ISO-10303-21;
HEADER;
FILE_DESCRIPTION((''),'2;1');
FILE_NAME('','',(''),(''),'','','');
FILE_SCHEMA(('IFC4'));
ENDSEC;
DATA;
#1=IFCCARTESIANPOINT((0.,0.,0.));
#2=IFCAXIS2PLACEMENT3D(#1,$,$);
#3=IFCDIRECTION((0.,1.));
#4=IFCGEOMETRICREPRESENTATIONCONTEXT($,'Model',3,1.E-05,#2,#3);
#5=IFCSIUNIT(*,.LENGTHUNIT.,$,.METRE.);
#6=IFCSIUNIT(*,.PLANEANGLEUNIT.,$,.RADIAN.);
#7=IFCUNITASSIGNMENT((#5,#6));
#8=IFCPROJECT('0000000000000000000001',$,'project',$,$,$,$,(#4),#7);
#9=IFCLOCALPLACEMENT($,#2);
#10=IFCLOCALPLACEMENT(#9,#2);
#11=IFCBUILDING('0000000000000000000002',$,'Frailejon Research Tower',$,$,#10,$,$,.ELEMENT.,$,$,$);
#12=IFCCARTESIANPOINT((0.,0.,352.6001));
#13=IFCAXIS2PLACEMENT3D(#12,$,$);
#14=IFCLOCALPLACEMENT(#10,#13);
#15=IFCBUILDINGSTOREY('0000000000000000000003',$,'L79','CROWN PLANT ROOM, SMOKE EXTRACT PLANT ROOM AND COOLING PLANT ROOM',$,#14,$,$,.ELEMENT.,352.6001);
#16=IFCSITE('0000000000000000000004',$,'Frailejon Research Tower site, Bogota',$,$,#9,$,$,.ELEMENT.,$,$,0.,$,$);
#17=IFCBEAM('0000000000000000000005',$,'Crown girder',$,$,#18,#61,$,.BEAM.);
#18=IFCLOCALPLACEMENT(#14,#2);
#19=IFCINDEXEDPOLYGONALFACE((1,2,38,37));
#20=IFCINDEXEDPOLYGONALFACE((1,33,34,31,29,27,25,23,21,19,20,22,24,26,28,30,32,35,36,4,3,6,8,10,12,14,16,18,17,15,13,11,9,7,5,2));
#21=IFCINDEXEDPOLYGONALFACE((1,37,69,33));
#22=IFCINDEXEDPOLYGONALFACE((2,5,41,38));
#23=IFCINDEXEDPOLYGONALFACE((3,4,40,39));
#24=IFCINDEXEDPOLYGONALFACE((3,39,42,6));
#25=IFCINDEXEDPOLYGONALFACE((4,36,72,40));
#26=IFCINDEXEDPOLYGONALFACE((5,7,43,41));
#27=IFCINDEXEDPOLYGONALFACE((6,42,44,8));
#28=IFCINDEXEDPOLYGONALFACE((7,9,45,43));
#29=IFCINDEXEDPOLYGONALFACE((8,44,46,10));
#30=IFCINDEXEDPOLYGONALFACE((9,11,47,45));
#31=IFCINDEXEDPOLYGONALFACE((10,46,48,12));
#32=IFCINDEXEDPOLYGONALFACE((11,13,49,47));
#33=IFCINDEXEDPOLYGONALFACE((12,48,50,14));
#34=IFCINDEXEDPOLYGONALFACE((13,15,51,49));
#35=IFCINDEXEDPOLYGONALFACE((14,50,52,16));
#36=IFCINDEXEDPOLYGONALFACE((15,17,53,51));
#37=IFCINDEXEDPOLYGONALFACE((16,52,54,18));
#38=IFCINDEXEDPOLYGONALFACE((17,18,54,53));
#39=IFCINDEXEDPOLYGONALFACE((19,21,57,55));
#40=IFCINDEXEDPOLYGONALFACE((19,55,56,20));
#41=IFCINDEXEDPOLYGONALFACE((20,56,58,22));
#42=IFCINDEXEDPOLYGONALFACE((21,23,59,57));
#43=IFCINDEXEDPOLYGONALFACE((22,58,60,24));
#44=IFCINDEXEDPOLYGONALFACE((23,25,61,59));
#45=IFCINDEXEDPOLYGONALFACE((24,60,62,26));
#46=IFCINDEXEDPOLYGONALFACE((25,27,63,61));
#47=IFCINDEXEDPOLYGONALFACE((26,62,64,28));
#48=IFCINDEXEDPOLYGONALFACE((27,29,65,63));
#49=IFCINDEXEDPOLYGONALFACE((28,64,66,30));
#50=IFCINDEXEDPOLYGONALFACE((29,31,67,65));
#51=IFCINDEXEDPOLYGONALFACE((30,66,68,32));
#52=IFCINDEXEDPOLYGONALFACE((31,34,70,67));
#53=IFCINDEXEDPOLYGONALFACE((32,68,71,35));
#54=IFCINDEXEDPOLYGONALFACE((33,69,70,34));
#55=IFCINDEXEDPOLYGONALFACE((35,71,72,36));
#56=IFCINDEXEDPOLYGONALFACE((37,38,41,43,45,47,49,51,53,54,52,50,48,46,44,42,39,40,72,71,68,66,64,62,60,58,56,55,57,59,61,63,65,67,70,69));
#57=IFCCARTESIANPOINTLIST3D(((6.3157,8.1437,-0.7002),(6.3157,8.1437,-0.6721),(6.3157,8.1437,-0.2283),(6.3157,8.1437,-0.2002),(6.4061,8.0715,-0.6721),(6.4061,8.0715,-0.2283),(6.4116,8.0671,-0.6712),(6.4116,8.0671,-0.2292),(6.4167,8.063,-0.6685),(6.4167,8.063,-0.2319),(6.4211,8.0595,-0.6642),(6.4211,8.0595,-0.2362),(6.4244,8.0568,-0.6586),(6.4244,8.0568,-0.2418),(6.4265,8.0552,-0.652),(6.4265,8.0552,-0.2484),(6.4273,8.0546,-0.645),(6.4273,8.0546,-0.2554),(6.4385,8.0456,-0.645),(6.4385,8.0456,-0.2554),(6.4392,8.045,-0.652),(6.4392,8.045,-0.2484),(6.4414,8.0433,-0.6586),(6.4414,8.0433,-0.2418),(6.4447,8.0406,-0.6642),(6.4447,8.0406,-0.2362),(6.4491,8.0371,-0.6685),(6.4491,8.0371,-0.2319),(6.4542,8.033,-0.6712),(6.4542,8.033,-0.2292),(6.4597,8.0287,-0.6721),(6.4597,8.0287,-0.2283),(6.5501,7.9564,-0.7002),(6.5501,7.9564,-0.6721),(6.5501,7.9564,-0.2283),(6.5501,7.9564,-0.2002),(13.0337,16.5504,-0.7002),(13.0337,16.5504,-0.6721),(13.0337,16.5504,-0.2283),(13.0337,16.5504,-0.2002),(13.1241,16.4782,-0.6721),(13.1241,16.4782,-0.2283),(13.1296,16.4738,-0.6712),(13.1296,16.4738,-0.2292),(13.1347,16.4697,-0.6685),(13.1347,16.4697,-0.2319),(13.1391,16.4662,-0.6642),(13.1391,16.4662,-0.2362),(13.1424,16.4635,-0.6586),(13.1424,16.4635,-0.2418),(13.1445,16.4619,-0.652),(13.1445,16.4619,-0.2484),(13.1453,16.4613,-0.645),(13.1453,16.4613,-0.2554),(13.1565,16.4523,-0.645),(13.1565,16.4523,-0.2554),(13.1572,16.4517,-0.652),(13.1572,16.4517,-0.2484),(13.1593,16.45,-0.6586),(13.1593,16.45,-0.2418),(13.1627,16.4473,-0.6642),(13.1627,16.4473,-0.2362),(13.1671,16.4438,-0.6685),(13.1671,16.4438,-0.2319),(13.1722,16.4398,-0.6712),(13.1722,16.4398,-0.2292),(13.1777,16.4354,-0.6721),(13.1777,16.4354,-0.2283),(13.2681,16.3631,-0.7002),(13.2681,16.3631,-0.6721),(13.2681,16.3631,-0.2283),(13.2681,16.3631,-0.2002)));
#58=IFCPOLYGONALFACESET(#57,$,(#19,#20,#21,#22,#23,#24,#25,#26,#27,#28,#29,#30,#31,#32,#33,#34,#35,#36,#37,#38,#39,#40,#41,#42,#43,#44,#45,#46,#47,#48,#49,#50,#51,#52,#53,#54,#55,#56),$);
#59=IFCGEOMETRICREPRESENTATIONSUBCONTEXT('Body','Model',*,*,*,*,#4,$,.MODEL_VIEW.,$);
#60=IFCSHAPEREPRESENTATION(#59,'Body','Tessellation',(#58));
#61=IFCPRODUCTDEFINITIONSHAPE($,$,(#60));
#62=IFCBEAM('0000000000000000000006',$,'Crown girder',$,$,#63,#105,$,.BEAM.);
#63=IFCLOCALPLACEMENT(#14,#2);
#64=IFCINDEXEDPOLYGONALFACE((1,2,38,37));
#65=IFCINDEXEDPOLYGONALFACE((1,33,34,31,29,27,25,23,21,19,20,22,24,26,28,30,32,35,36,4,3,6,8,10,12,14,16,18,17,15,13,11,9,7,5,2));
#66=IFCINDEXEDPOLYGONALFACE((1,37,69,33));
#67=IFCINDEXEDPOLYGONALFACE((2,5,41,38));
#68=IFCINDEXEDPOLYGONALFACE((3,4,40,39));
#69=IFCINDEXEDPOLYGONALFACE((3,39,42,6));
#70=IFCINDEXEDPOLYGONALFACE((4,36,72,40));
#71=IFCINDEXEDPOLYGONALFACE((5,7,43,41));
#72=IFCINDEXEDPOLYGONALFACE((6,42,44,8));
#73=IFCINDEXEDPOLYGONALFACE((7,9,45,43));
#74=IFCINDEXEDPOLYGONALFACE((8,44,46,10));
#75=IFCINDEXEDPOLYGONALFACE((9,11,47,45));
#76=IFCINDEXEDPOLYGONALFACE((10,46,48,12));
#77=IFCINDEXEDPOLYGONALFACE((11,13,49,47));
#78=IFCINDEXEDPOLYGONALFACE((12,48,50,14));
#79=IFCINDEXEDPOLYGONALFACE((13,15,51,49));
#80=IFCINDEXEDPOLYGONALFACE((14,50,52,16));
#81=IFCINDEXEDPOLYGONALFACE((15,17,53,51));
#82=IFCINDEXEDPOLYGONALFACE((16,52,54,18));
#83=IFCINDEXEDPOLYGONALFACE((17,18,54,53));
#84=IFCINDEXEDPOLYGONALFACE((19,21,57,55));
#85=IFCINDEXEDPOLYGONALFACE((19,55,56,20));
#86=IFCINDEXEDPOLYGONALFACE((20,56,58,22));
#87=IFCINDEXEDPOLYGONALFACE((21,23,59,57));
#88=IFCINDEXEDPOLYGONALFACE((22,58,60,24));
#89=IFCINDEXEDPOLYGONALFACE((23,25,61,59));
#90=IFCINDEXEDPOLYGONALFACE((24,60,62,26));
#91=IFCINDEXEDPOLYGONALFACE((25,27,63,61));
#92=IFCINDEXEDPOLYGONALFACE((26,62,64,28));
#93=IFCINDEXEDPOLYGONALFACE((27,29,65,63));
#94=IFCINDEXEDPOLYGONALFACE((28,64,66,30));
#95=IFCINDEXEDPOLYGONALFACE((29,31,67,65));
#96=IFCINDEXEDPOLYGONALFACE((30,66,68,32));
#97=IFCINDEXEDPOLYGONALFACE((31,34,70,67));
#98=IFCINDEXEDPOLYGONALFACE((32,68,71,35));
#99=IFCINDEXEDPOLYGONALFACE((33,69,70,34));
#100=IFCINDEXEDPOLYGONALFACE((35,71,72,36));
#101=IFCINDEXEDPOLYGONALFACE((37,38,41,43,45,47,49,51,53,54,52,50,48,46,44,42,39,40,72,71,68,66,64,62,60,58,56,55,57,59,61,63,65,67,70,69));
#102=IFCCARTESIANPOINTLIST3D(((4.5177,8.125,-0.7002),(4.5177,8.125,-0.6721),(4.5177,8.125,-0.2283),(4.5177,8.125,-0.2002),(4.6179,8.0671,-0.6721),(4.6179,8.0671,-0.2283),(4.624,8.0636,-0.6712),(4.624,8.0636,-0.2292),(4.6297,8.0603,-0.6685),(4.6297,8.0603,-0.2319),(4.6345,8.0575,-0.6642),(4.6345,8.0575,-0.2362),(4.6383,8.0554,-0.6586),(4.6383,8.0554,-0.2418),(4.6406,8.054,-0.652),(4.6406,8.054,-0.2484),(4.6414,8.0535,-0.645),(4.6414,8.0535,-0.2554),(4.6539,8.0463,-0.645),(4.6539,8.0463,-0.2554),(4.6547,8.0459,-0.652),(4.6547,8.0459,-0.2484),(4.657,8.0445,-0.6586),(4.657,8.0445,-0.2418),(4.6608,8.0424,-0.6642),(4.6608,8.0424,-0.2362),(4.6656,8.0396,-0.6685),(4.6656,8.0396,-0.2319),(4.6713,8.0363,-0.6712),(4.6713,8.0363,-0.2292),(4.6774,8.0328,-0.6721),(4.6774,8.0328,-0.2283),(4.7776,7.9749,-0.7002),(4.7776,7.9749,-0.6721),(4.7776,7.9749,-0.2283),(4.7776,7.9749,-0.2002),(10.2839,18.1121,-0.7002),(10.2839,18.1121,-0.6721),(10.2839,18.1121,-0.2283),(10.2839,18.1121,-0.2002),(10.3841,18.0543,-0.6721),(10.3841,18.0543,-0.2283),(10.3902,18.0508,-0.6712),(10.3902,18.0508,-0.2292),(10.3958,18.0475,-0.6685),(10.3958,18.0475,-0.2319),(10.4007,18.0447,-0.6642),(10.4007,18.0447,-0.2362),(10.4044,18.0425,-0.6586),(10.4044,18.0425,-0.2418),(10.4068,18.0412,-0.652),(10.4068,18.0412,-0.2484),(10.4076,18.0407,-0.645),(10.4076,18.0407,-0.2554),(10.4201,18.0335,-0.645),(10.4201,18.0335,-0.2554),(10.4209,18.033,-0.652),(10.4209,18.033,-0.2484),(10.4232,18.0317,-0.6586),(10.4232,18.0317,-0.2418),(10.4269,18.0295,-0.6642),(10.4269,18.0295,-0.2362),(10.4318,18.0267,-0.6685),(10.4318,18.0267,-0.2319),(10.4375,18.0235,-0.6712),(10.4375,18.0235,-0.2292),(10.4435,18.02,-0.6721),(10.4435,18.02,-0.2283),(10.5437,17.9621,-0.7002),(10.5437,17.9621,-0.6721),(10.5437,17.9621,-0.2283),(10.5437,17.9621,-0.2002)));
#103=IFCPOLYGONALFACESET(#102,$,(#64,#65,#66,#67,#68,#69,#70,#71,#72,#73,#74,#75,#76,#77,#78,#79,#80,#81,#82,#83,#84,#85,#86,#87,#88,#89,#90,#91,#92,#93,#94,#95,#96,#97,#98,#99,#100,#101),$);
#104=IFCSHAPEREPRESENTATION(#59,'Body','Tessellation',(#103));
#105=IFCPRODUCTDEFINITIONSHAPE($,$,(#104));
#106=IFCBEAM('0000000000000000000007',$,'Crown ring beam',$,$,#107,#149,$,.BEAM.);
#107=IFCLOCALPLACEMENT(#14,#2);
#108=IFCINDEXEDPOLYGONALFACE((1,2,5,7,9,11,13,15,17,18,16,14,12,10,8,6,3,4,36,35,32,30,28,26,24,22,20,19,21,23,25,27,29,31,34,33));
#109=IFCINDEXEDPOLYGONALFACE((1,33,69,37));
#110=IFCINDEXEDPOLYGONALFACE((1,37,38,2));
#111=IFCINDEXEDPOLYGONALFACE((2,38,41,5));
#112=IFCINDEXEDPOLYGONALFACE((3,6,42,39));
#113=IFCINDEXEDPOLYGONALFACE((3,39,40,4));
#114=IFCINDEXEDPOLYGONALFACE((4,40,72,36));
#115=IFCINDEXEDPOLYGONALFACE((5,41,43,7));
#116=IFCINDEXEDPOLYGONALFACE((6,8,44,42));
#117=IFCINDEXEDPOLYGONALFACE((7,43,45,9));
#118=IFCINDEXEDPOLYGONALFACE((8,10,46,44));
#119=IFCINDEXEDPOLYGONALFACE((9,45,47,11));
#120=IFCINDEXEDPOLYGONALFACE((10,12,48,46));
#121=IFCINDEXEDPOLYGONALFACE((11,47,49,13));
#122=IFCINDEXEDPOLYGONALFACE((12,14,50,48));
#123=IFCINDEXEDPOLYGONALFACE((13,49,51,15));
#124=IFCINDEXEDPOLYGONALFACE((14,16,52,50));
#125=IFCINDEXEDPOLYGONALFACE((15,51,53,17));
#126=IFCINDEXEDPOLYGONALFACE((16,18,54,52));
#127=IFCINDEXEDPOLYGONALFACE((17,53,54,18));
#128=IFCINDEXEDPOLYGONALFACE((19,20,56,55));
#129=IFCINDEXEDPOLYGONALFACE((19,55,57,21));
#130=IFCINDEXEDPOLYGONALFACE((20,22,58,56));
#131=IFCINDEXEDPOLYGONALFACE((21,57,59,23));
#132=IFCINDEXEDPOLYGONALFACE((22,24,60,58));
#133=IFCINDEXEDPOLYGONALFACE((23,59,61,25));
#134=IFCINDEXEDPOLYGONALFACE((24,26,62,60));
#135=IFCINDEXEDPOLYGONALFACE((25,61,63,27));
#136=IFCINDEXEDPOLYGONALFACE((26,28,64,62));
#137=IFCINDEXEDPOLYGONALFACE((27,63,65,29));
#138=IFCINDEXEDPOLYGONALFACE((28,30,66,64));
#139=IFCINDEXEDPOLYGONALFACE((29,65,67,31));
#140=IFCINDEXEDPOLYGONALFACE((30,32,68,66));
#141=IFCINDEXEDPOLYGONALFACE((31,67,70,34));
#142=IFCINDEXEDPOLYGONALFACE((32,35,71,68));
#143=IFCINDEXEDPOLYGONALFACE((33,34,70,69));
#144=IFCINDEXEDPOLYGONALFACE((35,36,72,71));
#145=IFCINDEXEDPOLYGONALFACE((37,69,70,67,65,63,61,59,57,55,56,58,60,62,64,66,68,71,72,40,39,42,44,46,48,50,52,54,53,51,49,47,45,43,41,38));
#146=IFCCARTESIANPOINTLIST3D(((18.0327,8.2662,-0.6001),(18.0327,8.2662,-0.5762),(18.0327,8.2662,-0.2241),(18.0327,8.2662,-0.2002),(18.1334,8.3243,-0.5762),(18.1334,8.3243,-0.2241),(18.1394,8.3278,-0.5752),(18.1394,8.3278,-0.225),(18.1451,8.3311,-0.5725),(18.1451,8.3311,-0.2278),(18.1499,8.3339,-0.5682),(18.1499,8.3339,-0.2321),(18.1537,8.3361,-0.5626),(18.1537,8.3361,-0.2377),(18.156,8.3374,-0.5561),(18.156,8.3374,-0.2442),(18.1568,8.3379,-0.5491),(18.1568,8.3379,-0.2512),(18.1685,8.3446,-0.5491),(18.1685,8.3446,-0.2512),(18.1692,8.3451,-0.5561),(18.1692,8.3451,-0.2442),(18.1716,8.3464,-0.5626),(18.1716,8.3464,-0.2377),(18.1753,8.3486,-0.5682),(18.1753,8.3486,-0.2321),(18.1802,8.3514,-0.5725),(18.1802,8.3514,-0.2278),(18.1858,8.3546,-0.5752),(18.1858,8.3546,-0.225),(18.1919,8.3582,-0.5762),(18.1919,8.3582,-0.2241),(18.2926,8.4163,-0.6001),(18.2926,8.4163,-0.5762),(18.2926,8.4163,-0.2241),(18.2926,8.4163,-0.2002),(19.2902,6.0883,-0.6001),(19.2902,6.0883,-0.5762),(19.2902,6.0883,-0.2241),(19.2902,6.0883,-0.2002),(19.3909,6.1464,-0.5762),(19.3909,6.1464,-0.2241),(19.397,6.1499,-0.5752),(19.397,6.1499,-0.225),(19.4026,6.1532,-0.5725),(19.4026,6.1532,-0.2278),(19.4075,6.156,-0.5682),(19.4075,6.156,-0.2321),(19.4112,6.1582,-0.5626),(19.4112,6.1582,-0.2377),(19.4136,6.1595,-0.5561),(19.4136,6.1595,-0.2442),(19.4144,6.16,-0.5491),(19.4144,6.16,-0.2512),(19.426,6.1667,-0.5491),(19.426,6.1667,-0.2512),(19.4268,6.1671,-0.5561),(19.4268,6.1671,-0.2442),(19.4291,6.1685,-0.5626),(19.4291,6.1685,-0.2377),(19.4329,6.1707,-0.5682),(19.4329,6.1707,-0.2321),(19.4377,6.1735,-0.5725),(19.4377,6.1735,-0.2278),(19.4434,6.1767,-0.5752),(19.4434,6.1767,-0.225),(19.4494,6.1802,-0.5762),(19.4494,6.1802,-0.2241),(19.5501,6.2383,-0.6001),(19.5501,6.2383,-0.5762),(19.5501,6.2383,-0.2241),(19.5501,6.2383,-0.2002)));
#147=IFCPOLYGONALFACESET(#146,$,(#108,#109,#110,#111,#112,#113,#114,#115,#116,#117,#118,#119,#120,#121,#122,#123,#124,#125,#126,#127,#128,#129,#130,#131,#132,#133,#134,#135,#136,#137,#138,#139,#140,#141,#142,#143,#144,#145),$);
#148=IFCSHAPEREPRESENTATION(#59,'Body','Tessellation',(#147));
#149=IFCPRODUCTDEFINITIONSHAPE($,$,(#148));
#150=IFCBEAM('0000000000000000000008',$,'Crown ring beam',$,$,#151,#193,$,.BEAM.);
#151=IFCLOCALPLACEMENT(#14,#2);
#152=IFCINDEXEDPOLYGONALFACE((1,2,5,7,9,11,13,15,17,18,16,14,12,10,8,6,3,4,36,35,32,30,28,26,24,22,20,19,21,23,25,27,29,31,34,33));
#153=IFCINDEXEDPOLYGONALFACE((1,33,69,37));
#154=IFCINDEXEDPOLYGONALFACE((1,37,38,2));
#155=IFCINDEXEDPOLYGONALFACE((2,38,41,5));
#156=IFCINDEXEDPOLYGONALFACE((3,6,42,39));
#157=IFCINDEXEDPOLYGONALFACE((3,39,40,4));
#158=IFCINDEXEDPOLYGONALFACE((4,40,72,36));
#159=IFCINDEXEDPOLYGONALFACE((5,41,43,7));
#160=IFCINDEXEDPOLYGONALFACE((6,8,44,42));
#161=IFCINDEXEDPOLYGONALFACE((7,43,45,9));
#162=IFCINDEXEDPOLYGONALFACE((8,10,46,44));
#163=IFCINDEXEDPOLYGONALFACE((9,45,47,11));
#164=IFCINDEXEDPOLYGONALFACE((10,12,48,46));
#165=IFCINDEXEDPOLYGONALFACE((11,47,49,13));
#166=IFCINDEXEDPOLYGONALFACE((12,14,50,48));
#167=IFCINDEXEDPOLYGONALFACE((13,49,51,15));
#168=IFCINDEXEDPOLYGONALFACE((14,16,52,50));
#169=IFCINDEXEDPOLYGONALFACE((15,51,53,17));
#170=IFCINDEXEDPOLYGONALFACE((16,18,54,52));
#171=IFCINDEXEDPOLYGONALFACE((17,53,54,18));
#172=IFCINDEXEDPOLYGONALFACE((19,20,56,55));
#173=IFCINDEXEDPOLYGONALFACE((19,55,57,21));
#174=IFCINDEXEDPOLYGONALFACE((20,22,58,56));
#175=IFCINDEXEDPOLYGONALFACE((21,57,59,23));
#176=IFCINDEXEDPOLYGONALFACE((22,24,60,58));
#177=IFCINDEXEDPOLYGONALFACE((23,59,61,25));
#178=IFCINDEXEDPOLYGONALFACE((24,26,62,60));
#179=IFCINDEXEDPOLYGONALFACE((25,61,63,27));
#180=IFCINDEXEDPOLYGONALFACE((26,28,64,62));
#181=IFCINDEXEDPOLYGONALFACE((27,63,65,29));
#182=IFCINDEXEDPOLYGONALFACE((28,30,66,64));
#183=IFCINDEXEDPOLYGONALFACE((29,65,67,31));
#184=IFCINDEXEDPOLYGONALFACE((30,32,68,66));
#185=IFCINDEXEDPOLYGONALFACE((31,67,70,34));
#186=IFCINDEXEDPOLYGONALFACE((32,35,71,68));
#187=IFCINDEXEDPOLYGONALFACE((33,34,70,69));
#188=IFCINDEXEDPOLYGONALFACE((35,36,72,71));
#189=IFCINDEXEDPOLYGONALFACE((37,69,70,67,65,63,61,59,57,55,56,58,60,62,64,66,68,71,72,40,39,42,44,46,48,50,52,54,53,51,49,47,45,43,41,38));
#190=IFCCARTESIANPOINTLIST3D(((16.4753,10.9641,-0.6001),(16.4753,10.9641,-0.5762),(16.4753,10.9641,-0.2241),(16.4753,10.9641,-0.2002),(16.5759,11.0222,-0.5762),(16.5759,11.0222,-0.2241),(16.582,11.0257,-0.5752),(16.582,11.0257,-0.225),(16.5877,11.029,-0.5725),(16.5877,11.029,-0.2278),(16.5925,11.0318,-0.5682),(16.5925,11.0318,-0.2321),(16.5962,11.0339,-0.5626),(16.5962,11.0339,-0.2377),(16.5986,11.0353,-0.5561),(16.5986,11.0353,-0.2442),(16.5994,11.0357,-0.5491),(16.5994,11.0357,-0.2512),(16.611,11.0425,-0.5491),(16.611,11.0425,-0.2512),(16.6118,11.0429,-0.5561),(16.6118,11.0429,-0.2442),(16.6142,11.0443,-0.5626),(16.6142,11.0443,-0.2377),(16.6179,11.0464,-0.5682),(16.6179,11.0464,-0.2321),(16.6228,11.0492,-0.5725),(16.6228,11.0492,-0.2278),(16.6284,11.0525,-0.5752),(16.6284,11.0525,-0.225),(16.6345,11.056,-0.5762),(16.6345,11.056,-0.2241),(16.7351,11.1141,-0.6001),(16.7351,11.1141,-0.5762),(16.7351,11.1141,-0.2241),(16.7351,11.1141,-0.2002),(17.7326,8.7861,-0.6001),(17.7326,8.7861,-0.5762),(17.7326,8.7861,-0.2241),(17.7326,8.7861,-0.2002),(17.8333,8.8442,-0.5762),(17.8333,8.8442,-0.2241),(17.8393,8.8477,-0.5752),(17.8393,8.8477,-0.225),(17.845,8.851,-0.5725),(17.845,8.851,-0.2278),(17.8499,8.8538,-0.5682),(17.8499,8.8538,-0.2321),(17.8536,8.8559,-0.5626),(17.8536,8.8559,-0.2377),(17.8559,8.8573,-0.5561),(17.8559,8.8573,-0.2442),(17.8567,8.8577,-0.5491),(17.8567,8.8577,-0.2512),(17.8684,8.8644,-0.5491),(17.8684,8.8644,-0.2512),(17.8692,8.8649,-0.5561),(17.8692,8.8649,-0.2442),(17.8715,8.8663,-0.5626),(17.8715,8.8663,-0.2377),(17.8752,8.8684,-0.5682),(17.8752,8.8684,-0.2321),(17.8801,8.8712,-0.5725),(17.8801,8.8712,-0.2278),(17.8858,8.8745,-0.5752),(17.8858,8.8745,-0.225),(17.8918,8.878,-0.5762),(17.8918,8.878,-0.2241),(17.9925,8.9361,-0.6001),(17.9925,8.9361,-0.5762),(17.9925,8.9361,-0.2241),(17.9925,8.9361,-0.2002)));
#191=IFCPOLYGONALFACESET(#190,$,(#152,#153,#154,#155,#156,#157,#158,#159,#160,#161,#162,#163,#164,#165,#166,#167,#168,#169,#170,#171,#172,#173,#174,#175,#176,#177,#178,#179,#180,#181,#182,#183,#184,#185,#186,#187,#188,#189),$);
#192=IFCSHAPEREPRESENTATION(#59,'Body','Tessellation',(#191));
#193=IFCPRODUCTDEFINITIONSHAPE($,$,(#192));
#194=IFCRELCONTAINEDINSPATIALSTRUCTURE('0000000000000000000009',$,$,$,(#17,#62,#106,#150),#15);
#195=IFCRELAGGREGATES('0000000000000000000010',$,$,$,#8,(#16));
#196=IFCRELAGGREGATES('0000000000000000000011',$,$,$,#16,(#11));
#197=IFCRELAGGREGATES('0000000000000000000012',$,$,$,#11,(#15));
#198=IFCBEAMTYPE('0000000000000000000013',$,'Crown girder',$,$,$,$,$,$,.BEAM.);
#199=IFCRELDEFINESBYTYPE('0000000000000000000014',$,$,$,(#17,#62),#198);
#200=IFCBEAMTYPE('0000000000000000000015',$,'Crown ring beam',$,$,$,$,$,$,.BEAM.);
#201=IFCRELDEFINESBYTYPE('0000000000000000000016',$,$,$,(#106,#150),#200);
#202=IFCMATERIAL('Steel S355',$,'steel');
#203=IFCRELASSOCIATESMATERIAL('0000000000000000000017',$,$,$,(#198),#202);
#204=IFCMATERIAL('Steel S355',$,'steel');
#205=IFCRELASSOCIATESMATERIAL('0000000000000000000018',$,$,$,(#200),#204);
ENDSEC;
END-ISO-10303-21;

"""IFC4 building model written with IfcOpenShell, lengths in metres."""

from ifc_helpers import new_model, si_unit, direction, frame, origin, origin_2d, place, context, subcontext, project, spatial, i_section, extrude, material, material_profile, profile_set, type_object, element, save


model = new_model("IFC4")

# Units and contexts
model_context = context("Model", 3, precision=1e-05, world=origin(), true_north=direction((0.0, 1.0)))
body_context = subcontext(model_context, "Body", "Model", "MODEL_VIEW")
ifc_project = project(units=[si_unit("LENGTHUNIT", "METRE"), si_unit("PLANEANGLEUNIT", "RADIAN")], contexts=[model_context])

# Site, building, storey
site_placement = place(None, origin())
site = spatial("IfcSite", under=ifc_project, at=site_placement, Name="Frailejon Research Tower site, Bogota", CompositionType="ELEMENT", RefElevation=0.0)
building_placement = place(site_placement, origin())
building = spatial("IfcBuilding", under=site, at=building_placement, Name="Frailejon Research Tower", CompositionType="ELEMENT")
storey_placement = place(building_placement, frame((0.0, 0.0, 352.6001)))
storey = spatial("IfcBuildingStorey", under=building, at=storey_placement, Name="L79", Description="CROWN PLANT ROOM, SMOKE EXTRACT PLANT ROOM AND COOLING PLANT ROOM", CompositionType="ELEMENT", Elevation=352.6001)

# Beams
ifc_material_1 = material(Name="Steel S355", Category="steel")
ifc_material_profile_1 = material_profile(ifc_material_1, i_section(OverallWidth=0.3, OverallDepth=0.5, WebThickness=0.0144, FlangeThickness=0.0281, FilletRadius=0.0271, at=origin_2d()), Name="HE 500 B")
ifc_profile_set_1 = profile_set([ifc_material_profile_1], Name="Steel S355")
beam_type_1 = type_object("IfcBeamType", Name="Crown girder", PredefinedType="BEAM", material=ifc_profile_set_1)
beam_1_placement = place(storey_placement, frame((13.1509, 16.4568, -0.4502), z_axis=(-0.624277, -0.781203, 0.0), x_axis=(0.781203, -0.624277, 0.0)))
element("IfcBeam", 1, at=beam_1_placement, inside=storey, type_object=beam_type_1, Name="Crown girder", PredefinedType="BEAM", context=body_context, shape_type="SweptSolid", body=[
    extrude(i_section(OverallWidth=0.3, OverallDepth=0.5, WebThickness=0.0144, FlangeThickness=0.0281, FilletRadius=0.0271, at=origin_2d()), origin(), (0.0, 0.0, 1.0), 10.7612),
])
beam_2_placement = place(storey_placement, frame((10.4138, 18.0371, -0.4502), z_axis=(-0.500005, -0.866022, 0.0), x_axis=(0.866022, -0.500005, 0.0)))
element("IfcBeam", 2, at=beam_2_placement, inside=storey, type_object=beam_type_1, Name="Crown girder", PredefinedType="BEAM", context=body_context, shape_type="SweptSolid", body=[
    extrude(i_section(OverallWidth=0.3, OverallDepth=0.5, WebThickness=0.0144, FlangeThickness=0.0281, FilletRadius=0.0271, at=origin_2d()), origin(), (0.0, 0.0, 1.0), 11.5322),
])
ifc_material_2 = material(Name="Steel S355", Category="steel")
ifc_material_profile_2 = material_profile(ifc_material_2, i_section(OverallWidth=0.3, OverallDepth=0.3999, WebThickness=0.0134, FlangeThickness=0.0239, FilletRadius=0.0271, at=origin_2d()), Name="HE 400 B")
ifc_profile_set_2 = profile_set([ifc_material_profile_2], Name="Steel S355")
beam_type_2 = type_object("IfcBeamType", Name="Crown ring beam", PredefinedType="BEAM", material=ifc_profile_set_2)
for number, where, z_axis, x_axis, name in (
    (3, (19.4202, 6.1633, -0.4001), (-0.500033, 0.866006, 0.0), (-0.866006, -0.500033, 0.0), "Crown ring beam"),
    (4, (17.8625, 8.8611, -0.4001), (-0.499961, 0.866048, 0.0), (-0.866048, -0.499961, 0.0), "Crown ring beam"),
):
    element("IfcBeam", number, at=place(storey_placement, frame(where, z_axis=z_axis, x_axis=x_axis)), inside=storey, type_object=beam_type_2, Name=name, PredefinedType="BEAM", context=body_context, shape_type="SweptSolid", body=[
        extrude(i_section(OverallWidth=0.3, OverallDepth=0.3999, WebThickness=0.0134, FlangeThickness=0.0239, FilletRadius=0.0271, at=origin_2d()), origin(), (0.0, 0.0, 1.0), 2.5149),
    ])

save(model, "model.ifc")
